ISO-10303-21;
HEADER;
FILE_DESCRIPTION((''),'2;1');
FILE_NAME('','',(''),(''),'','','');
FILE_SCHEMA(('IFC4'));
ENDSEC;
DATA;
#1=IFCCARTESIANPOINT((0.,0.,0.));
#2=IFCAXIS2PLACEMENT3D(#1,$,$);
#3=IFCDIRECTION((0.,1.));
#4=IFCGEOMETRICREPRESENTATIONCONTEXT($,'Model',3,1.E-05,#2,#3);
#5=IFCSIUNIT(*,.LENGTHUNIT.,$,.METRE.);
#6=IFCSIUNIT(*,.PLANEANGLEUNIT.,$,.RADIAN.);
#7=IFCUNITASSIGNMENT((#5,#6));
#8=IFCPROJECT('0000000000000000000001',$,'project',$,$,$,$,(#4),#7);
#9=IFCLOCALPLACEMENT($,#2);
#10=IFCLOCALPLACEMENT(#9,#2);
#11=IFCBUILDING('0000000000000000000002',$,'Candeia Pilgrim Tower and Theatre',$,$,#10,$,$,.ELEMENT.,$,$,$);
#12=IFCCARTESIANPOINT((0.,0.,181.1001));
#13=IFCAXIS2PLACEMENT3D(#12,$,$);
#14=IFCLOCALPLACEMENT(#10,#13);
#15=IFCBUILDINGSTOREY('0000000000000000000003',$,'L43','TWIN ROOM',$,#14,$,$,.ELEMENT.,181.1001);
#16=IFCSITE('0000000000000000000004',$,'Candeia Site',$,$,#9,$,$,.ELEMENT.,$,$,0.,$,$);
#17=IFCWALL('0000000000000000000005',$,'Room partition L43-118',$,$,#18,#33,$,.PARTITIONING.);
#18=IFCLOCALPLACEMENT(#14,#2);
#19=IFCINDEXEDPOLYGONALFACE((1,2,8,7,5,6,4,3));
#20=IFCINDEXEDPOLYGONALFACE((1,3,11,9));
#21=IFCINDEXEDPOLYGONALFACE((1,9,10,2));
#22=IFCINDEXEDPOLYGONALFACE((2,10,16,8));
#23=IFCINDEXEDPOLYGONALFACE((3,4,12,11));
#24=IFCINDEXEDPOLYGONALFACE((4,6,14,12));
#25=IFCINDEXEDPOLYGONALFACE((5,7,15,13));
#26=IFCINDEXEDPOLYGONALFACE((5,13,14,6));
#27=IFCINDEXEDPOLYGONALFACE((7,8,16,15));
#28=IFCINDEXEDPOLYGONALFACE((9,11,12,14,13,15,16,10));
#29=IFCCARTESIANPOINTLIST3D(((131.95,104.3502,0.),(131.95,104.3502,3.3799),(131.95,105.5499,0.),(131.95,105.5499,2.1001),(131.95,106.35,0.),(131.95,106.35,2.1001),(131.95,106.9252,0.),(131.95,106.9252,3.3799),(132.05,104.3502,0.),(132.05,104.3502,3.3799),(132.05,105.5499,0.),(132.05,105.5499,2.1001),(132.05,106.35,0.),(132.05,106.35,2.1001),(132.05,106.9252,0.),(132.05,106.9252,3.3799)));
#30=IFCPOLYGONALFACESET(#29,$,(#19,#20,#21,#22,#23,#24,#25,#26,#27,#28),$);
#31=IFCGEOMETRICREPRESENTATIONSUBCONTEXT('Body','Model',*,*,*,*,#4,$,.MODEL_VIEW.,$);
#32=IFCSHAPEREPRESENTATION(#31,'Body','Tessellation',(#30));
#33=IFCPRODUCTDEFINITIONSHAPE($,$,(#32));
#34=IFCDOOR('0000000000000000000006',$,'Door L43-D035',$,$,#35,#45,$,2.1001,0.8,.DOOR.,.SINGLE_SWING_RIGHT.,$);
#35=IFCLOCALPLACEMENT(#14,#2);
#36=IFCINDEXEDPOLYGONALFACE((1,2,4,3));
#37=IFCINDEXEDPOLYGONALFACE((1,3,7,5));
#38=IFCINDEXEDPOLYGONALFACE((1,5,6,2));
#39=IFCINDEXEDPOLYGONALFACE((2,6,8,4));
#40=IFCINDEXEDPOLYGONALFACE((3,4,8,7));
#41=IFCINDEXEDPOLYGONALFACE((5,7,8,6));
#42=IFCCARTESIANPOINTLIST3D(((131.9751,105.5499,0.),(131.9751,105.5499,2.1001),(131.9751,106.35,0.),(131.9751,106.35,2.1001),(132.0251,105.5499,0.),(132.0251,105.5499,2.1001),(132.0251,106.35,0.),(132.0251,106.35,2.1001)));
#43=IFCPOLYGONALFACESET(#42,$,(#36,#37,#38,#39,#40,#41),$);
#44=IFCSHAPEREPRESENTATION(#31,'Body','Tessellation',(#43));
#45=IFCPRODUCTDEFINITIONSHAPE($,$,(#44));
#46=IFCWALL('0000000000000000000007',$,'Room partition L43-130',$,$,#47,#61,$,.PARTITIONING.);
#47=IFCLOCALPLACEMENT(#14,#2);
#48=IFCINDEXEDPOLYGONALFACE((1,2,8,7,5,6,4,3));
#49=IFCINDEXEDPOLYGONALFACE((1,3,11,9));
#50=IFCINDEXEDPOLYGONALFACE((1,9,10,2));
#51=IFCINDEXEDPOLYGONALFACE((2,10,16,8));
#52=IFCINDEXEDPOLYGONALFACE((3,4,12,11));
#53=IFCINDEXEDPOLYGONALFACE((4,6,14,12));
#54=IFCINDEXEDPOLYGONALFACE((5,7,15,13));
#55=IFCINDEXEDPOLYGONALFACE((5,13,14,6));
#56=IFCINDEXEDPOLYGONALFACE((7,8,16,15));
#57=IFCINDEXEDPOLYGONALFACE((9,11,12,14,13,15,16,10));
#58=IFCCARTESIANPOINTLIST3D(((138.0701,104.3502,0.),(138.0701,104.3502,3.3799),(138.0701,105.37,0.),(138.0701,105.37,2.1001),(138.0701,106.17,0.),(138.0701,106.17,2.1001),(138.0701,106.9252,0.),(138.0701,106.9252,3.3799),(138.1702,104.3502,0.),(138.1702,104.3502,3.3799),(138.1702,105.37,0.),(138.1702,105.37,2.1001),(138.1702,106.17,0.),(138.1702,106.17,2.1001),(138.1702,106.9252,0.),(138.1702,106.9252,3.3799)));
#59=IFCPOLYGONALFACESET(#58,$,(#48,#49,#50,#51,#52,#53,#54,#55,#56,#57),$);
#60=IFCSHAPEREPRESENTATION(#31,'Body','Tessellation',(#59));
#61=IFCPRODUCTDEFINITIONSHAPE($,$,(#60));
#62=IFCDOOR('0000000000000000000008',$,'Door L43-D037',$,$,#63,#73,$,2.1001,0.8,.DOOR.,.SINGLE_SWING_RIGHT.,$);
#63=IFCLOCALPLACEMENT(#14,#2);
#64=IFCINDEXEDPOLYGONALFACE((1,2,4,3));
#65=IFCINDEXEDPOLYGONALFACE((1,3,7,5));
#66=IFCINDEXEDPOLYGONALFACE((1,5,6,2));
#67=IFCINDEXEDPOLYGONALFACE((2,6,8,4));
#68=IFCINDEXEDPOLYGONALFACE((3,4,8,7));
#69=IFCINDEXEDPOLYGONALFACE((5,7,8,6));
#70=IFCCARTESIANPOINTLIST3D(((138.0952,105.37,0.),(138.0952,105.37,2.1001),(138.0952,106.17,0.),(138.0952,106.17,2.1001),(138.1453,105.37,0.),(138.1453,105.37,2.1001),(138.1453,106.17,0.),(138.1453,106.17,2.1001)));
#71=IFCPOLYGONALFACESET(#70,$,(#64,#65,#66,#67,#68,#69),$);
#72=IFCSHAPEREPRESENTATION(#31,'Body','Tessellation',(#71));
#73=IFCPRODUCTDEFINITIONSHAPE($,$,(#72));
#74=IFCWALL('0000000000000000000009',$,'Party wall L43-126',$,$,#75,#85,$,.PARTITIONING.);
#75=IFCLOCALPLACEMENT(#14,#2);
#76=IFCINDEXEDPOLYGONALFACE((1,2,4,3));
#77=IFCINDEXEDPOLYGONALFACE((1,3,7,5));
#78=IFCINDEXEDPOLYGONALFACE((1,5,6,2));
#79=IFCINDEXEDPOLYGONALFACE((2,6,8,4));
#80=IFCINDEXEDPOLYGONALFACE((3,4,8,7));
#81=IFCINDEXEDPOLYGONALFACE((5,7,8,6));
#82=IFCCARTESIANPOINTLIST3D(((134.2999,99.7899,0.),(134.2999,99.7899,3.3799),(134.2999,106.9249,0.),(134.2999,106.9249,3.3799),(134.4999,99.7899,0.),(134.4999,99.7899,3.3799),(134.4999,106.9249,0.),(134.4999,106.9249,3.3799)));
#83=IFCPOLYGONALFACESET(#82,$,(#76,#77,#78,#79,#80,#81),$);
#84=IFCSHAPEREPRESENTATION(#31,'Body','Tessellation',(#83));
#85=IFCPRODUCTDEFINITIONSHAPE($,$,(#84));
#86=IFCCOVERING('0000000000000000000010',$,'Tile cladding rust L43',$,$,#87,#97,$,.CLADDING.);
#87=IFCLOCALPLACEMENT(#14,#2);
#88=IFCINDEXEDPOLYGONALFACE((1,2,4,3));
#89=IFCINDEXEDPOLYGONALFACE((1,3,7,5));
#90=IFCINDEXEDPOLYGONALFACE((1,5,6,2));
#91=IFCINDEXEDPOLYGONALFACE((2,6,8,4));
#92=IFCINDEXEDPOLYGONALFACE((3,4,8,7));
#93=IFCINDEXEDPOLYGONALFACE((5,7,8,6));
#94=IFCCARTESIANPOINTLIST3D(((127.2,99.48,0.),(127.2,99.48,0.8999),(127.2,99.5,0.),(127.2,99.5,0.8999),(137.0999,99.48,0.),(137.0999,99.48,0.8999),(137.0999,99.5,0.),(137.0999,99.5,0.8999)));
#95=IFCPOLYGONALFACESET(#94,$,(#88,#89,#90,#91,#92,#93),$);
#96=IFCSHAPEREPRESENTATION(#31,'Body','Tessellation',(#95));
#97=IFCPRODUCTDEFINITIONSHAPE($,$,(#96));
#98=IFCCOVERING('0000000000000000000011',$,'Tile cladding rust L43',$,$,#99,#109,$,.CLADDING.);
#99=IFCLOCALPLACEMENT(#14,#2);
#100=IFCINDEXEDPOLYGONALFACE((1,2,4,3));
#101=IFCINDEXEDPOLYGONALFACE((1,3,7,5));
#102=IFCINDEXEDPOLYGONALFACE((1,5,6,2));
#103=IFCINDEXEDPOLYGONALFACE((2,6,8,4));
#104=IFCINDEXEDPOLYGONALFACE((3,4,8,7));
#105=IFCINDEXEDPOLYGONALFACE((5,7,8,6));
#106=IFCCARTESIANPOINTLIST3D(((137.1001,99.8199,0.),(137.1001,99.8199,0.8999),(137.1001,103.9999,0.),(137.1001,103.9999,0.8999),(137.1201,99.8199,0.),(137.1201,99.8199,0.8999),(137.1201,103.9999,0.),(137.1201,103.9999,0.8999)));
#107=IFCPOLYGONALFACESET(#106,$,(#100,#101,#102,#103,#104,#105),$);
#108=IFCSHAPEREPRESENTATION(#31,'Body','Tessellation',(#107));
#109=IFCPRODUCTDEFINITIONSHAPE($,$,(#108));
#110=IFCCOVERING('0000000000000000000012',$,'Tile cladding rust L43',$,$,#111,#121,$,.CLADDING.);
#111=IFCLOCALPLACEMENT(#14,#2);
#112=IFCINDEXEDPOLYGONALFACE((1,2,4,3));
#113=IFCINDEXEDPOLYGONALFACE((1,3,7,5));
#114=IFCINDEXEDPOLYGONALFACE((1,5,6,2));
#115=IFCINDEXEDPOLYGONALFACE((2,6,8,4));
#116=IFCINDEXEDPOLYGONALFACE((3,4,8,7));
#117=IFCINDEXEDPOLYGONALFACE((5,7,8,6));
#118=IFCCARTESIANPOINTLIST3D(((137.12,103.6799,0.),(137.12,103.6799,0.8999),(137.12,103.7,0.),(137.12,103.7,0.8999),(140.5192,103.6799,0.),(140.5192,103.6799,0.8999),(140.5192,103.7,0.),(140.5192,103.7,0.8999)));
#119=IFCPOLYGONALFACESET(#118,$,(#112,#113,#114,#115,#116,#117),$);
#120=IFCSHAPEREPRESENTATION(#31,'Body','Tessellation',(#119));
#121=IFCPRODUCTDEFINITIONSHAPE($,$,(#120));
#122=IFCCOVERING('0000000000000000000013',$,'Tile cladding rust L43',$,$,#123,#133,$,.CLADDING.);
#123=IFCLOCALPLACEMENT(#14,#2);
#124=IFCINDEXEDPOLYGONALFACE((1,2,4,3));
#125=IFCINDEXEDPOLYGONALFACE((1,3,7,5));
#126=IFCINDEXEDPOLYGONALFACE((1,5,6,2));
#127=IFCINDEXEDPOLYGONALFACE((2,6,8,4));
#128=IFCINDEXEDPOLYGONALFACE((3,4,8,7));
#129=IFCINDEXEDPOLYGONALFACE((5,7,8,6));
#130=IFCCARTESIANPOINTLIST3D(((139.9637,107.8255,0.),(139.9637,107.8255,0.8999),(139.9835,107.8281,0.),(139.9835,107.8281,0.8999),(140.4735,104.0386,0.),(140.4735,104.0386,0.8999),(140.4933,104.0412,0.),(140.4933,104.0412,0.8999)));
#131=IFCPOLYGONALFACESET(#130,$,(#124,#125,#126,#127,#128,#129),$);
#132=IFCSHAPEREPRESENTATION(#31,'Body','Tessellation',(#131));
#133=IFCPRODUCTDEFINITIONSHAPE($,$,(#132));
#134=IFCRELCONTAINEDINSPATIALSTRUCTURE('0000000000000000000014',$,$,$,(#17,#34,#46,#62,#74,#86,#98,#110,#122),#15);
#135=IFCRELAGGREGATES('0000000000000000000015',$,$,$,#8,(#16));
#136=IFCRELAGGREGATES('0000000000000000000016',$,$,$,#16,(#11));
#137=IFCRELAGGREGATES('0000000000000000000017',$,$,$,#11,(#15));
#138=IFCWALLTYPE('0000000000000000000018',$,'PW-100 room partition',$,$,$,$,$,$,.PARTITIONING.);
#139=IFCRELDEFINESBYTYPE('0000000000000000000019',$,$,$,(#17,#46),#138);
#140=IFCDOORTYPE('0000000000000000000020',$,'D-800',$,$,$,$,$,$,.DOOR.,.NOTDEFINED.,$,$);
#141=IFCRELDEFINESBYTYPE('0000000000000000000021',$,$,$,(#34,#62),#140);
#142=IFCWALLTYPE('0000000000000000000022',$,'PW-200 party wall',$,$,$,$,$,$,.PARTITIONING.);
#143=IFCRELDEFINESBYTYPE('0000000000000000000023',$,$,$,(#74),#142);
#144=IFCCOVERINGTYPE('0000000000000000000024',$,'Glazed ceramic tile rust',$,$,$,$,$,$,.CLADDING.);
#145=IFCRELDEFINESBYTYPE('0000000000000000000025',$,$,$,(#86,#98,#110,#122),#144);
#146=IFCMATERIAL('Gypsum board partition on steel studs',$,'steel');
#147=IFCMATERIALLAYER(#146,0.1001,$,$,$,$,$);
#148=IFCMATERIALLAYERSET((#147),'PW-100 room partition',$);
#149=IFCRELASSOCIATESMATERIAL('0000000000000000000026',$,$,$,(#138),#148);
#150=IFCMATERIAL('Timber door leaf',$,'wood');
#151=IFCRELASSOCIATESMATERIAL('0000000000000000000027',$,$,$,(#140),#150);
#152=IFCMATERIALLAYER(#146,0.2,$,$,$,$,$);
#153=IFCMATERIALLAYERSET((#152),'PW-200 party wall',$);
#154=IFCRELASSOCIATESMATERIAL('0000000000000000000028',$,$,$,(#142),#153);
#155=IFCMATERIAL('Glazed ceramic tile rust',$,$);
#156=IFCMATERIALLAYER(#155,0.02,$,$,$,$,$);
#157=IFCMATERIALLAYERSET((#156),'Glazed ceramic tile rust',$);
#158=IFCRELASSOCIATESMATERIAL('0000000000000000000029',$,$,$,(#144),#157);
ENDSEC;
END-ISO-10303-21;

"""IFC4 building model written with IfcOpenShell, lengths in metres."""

from ifc_helpers import new_model, si_unit, direction, frame, frame_2d, origin, origin_2d, place, context, subcontext, project, spatial, rectangle, extrude, material, layer, layer_set, type_object, element, fill, save


model = new_model("IFC4")

# Units and contexts
model_context = context("Model", 3, precision=1e-05, world=origin(), true_north=direction((0.0, 1.0)))
body_context = subcontext(model_context, "Body", "Model", "MODEL_VIEW")
ifc_project = project(units=[si_unit("LENGTHUNIT", "METRE"), si_unit("PLANEANGLEUNIT", "RADIAN")], contexts=[model_context])

# Site, building, storey
site_placement = place(None, origin())
site = spatial("IfcSite", under=ifc_project, at=site_placement, Name="Candeia Site", CompositionType="ELEMENT", RefElevation=0.0)
building_placement = place(site_placement, origin())
building = spatial("IfcBuilding", under=site, at=building_placement, Name="Candeia Pilgrim Tower and Theatre", CompositionType="ELEMENT")
storey_placement = place(building_placement, frame((0.0, 0.0, 181.1001)))
storey = spatial("IfcBuildingStorey", under=building, at=storey_placement, Name="L43", Description="TWIN ROOM", CompositionType="ELEMENT", Elevation=181.1001)

# Shared definitions
ifc_material_1 = material(Name="Gypsum board partition on steel studs", Category="steel")
ifc_layer_1 = layer(ifc_material_1, 0.1001)
ifc_layer_set_1 = layer_set([ifc_layer_1], Name="PW-100 room partition")
wall_type_1 = type_object("IfcWallType", Name="PW-100 room partition", PredefinedType="PARTITIONING", material=ifc_layer_set_1)

# Walls, openings, doors
wall_1_placement = place(storey_placement, frame((132.0, 104.3501, 0.0), z_axis=(0.0, 0.0, 1.0), x_axis=(0.0, 1.0, 0.0)))
wall_1 = element("IfcWall", 1, at=wall_1_placement, inside=storey, type_object=wall_type_1, Name="Room partition L43-118", PredefinedType="PARTITIONING", context=body_context, shape_type="SweptSolid", body=[
    extrude(rectangle(XDim=2.575, YDim=0.1001, at=frame_2d((1.2876, 0.0))), origin(), (0.0, 0.0, 1.0), 3.3799),
])
opening_1_placement = place(wall_1_placement, frame((1.2, 0.0, 0.0)))
opening_1 = element("IfcOpeningElement", 2, at=opening_1_placement, cuts=wall_1, PredefinedType="OPENING", context=body_context, shape_type="SweptSolid", body=[
    extrude(rectangle(XDim=0.8, YDim=2.1001, at=frame_2d((0.3999, 1.05))), frame((0.0, 0.0601, 0.0), z_axis=(0.0, -1.0, 0.0), x_axis=(1.0, 0.0, 0.0)), (0.0, 0.0, 1.0), 0.1201),
])
ifc_material_2 = material(Name="Timber door leaf", Category="wood")
door_type_1 = type_object("IfcDoorType", Name="D-800", OperationType="NOTDEFINED", PredefinedType="DOOR", material=ifc_material_2)
door_1_placement = place(opening_1_placement, origin())
door_1 = element("IfcDoor", 3, at=door_1_placement, inside=storey, type_object=door_type_1, Name="Door L43-D035", OperationType="SINGLE_SWING_RIGHT", OverallHeight=2.1001, OverallWidth=0.8, PredefinedType="DOOR", context=body_context, shape_type="SweptSolid", body=[
    extrude(rectangle(XDim=0.8, YDim=2.1001, at=frame_2d((0.3999, 1.05))), frame((0.0, 0.0249, 0.0), z_axis=(0.0, -1.0, 0.0), x_axis=(1.0, 0.0, 0.0)), (0.0, 0.0, 1.0), 0.05),
])
fill(opening_1, door_1)
wall_2_placement = place(storey_placement, frame((138.1201, 104.3501, 0.0), z_axis=(0.0, 0.0, 1.0), x_axis=(0.0, 1.0, 0.0)))
wall_2 = element("IfcWall", 4, at=wall_2_placement, inside=storey, type_object=wall_type_1, Name="Room partition L43-130", PredefinedType="PARTITIONING", context=body_context, shape_type="SweptSolid", body=[
    extrude(rectangle(XDim=2.575, YDim=0.1001, at=frame_2d((1.2876, 0.0))), origin(), (0.0, 0.0, 1.0), 3.3799),
])
opening_2_placement = place(wall_2_placement, frame((1.02, 0.0, 0.0)))
opening_2 = element("IfcOpeningElement", 5, at=opening_2_placement, cuts=wall_2, PredefinedType="OPENING", context=body_context, shape_type="SweptSolid", body=[
    extrude(rectangle(XDim=0.8, YDim=2.1001, at=frame_2d((0.3999, 1.05))), frame((0.0, 0.0601, 0.0), z_axis=(0.0, -1.0, 0.0), x_axis=(1.0, 0.0, 0.0)), (0.0, 0.0, 1.0), 0.1201),
])
door_2_placement = place(opening_2_placement, origin())
door_2 = element("IfcDoor", 6, at=door_2_placement, inside=storey, type_object=door_type_1, Name="Door L43-D037", OperationType="SINGLE_SWING_RIGHT", OverallHeight=2.1001, OverallWidth=0.8, PredefinedType="DOOR", context=body_context, shape_type="SweptSolid", body=[
    extrude(rectangle(XDim=0.8, YDim=2.1001, at=frame_2d((0.3999, 1.05))), frame((0.0, 0.0249, 0.0), z_axis=(0.0, -1.0, 0.0), x_axis=(1.0, 0.0, 0.0)), (0.0, 0.0, 1.0), 0.05),
])
fill(opening_2, door_2)

# Wall
ifc_layer_2 = layer(ifc_material_1, 0.2)
ifc_layer_set_2 = layer_set([ifc_layer_2], Name="PW-200 party wall")
wall_type_2 = type_object("IfcWallType", Name="PW-200 party wall", PredefinedType="PARTITIONING", material=ifc_layer_set_2)
wall_3_placement = place(storey_placement, frame((134.3999, 99.79, 0.0), z_axis=(0.0, 0.0, 1.0), x_axis=(0.0, 1.0, 0.0)))
element("IfcWall", 7, at=wall_3_placement, inside=storey, type_object=wall_type_2, Name="Party wall L43-126", PredefinedType="PARTITIONING", context=body_context, shape_type="SweptSolid", body=[
    extrude(rectangle(XDim=7.135, YDim=0.2, at=frame_2d((3.5674, 0.0))), origin(), (0.0, 0.0, 1.0), 3.3799),
])

# Coverings
ifc_material_3 = material(Name="Glazed ceramic tile rust")
ifc_layer_3 = layer(ifc_material_3, 0.02)
ifc_layer_set_3 = layer_set([ifc_layer_3], Name="Glazed ceramic tile rust")
covering_type = type_object("IfcCoveringType", Name="Glazed ceramic tile rust", PredefinedType="CLADDING", material=ifc_layer_set_3)
covering_1_placement = place(storey_placement, frame((132.1499, 99.49, 0.0), z_axis=(0.0, 0.0, 1.0), x_axis=(1.0, 0.0, 0.0)))
element("IfcCovering", 8, at=covering_1_placement, inside=storey, type_object=covering_type, Name="Tile cladding rust L43", PredefinedType="CLADDING", context=body_context, shape_type="SweptSolid", body=[
    extrude(rectangle(XDim=9.8999, YDim=0.02, at=origin_2d()), origin(), (0.0, 0.0, 1.0), 0.8999),
])
covering_2_placement = place(storey_placement, frame((137.1101, 101.9099, 0.0), z_axis=(0.0, 0.0, 1.0), x_axis=(0.0, 1.0, 0.0)))
element("IfcCovering", 9, at=covering_2_placement, inside=storey, type_object=covering_type, Name="Tile cladding rust L43", PredefinedType="CLADDING", context=body_context, shape_type="SweptSolid", body=[
    extrude(rectangle(XDim=4.1799, YDim=0.02, at=origin_2d()), origin(), (0.0, 0.0, 1.0), 0.8999),
])
covering_3_placement = place(storey_placement, frame((138.8196, 103.6899, 0.0), z_axis=(0.0, 0.0, 1.0), x_axis=(1.0, 0.0, 0.0)))
element("IfcCovering", 10, at=covering_3_placement, inside=storey, type_object=covering_type, Name="Tile cladding rust L43", PredefinedType="CLADDING", context=body_context, shape_type="SweptSolid", body=[
    extrude(rectangle(XDim=3.3992, YDim=0.02, at=origin_2d()), origin(), (0.0, 0.0, 1.0), 0.8999),
])
covering_4_placement = place(storey_placement, frame((140.2285, 105.9333, 0.0), z_axis=(0.0, 0.0, 1.0), x_axis=(-0.133412, 0.991061, 0.0)))
element("IfcCovering", 11, at=covering_4_placement, inside=storey, type_object=covering_type, Name="Tile cladding rust L43", PredefinedType="CLADDING", context=body_context, shape_type="SweptSolid", body=[
    extrude(rectangle(XDim=3.821, YDim=0.02, at=origin_2d()), origin(), (0.0, 0.0, 1.0), 0.8999),
])

save(model, "model.ifc")
